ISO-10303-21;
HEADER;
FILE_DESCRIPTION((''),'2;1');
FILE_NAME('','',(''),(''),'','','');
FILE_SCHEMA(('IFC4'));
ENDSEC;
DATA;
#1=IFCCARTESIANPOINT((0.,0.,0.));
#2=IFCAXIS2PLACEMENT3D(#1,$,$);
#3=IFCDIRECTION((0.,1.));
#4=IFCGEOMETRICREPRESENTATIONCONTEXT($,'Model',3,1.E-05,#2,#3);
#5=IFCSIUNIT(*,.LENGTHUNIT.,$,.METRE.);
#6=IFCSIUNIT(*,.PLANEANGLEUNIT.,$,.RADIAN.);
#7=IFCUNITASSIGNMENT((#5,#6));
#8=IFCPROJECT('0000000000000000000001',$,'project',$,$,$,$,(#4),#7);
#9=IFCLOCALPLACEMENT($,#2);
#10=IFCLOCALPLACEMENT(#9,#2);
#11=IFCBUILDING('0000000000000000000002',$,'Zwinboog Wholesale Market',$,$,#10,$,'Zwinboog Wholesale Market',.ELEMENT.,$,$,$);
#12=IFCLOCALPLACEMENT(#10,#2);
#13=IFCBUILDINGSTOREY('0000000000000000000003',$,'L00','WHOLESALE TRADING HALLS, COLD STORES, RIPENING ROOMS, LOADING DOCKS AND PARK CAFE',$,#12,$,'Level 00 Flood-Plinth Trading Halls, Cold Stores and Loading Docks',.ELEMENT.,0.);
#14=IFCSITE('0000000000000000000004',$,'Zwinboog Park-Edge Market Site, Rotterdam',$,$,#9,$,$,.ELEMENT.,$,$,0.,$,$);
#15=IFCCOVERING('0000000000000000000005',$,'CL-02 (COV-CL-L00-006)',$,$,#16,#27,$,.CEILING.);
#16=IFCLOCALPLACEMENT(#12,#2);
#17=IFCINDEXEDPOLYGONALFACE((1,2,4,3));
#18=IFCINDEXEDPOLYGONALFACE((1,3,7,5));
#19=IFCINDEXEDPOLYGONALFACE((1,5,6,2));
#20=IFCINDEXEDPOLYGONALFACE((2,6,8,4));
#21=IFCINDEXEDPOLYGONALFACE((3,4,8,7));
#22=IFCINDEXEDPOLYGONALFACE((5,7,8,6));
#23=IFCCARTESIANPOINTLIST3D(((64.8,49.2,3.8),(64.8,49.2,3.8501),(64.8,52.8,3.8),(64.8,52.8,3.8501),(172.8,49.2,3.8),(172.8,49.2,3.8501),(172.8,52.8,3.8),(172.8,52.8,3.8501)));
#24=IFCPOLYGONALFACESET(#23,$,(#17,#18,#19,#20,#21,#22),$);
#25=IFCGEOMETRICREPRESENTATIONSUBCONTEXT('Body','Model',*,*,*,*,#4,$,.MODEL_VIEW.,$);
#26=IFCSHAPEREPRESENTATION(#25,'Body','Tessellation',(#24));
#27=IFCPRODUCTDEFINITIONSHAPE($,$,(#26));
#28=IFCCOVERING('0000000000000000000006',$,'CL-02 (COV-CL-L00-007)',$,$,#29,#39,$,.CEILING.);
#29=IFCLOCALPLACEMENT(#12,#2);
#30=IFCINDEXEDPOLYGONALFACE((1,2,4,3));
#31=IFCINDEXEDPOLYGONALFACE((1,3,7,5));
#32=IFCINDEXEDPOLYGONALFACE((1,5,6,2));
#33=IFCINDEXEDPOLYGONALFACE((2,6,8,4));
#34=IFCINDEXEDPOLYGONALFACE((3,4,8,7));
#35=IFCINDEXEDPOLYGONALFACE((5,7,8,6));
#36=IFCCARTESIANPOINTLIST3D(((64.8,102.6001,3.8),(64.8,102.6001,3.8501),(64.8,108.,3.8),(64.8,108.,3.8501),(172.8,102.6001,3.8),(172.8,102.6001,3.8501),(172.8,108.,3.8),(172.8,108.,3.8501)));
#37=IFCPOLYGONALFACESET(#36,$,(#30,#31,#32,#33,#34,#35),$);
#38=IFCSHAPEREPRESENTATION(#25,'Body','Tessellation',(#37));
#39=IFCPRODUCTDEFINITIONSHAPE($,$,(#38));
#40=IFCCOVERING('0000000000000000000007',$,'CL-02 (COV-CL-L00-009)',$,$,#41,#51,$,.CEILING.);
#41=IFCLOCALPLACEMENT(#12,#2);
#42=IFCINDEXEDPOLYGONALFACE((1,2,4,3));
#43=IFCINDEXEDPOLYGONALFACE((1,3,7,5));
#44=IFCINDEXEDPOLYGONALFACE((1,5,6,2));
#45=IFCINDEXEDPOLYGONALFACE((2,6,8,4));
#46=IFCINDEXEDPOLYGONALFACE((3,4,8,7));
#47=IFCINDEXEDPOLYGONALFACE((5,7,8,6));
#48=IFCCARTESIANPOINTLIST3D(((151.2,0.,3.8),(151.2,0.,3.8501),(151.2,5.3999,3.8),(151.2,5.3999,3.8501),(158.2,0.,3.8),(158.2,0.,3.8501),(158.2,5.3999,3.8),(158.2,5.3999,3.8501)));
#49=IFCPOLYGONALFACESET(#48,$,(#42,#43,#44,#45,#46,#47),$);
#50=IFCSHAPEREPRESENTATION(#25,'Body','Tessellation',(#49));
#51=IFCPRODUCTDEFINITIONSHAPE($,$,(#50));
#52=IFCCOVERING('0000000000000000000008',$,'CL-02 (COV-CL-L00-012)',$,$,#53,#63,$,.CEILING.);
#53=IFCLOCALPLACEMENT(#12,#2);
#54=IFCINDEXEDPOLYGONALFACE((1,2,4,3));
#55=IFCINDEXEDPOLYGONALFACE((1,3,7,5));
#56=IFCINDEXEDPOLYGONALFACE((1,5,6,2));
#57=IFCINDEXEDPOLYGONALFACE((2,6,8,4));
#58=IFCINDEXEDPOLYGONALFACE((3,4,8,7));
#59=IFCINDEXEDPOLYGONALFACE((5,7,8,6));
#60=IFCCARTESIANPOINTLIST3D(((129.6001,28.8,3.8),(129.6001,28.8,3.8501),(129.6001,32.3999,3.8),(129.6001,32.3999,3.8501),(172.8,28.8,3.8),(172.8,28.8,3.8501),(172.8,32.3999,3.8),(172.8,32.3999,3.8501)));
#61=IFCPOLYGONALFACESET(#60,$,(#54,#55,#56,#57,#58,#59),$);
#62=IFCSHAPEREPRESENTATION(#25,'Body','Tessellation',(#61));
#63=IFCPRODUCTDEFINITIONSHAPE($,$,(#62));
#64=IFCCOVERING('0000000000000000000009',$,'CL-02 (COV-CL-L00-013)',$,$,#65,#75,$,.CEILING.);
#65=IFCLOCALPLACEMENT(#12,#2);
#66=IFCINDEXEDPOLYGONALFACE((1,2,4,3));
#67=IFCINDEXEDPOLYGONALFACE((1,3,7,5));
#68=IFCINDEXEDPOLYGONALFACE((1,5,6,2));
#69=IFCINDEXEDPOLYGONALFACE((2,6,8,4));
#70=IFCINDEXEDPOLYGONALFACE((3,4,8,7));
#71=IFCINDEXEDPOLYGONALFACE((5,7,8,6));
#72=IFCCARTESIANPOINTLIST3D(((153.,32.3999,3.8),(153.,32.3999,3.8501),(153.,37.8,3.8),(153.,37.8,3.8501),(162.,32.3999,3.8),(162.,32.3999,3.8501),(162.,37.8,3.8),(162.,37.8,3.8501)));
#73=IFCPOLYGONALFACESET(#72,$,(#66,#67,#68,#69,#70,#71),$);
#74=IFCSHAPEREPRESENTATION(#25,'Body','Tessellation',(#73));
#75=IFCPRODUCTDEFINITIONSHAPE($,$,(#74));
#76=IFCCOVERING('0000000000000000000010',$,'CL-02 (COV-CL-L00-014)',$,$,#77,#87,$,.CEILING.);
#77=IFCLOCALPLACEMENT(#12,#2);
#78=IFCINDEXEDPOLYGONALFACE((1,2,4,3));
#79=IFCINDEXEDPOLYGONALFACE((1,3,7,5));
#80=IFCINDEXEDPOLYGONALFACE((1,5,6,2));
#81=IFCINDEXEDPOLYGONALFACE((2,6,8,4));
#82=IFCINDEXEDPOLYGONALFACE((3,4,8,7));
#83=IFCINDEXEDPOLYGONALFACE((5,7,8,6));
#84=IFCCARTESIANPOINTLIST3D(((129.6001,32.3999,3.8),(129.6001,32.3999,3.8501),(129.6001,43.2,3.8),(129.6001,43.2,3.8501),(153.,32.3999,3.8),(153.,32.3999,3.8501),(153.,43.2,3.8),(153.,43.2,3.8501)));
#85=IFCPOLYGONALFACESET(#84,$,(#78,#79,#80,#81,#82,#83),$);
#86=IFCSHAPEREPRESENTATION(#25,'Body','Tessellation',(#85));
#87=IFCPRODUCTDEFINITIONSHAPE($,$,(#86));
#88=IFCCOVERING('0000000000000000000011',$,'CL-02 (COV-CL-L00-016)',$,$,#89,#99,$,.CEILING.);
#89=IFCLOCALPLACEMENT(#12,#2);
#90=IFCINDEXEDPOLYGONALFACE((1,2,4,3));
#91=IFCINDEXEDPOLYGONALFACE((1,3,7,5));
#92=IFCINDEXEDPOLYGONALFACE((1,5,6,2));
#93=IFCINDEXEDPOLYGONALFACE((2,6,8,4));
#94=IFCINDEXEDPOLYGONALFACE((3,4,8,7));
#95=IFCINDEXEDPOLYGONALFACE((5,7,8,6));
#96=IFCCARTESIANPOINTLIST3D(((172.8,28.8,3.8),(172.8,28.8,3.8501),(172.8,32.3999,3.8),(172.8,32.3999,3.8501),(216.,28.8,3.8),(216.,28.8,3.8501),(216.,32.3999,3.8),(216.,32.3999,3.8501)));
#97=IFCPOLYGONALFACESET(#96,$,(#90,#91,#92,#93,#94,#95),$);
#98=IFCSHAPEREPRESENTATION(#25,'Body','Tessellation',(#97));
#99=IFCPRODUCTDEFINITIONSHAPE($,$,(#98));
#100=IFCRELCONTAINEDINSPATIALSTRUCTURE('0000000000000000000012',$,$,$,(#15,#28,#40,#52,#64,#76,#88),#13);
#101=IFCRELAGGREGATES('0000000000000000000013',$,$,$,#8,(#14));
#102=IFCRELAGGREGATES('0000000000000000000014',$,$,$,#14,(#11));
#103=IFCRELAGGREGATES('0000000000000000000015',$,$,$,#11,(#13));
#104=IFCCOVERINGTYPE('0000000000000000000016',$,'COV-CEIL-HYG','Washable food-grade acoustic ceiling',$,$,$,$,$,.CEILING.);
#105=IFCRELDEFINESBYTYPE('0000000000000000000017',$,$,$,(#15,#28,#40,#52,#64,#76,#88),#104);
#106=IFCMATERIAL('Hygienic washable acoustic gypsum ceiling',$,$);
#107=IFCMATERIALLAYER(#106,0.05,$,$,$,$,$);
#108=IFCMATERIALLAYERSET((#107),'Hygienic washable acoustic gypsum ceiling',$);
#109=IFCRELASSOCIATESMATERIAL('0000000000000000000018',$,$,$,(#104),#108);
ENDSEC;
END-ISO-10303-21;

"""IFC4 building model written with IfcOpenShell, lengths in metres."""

from ifc_helpers import new_model, si_unit, direction, frame, origin, place, context, subcontext, project, spatial, polyline, outline, extrude, material, layer, layer_set, type_object, element, save


model = new_model("IFC4")

# Units and contexts
model_context = context("Model", 3, precision=1e-05, world=origin(), true_north=direction((0.0, 1.0)))
body_context = subcontext(model_context, "Body", "Model", "MODEL_VIEW")
ifc_project = project(units=[si_unit("LENGTHUNIT", "METRE"), si_unit("PLANEANGLEUNIT", "RADIAN")], contexts=[model_context])

# Site, building, storey
site_placement = place(None, origin())
site = spatial("IfcSite", under=ifc_project, at=site_placement, Name="Zwinboog Park-Edge Market Site, Rotterdam", CompositionType="ELEMENT", RefElevation=0.0)
building_placement = place(site_placement, origin())
building = spatial("IfcBuilding", under=site, at=building_placement, Name="Zwinboog Wholesale Market", LongName="Zwinboog Wholesale Market", CompositionType="ELEMENT")
storey_placement = place(building_placement, origin())
storey = spatial("IfcBuildingStorey", under=building, at=storey_placement, Name="L00", Description="WHOLESALE TRADING HALLS, COLD STORES, RIPENING ROOMS, LOADING DOCKS AND PARK CAFE", LongName="Level 00 Flood-Plinth Trading Halls, Cold Stores and Loading Docks", CompositionType="ELEMENT", Elevation=0.0)

# Coverings
ifc_material_1 = material(Name="Hygienic washable acoustic gypsum ceiling")
ifc_layer_1 = layer(ifc_material_1, 0.05)
ifc_layer_set_1 = layer_set([ifc_layer_1], Name="Hygienic washable acoustic gypsum ceiling")
covering_type_1 = type_object("IfcCoveringType", Name="COV-CEIL-HYG", Description="Washable food-grade acoustic ceiling", PredefinedType="CEILING", material=ifc_layer_set_1)
covering_1_placement = place(storey_placement, frame((0.0, 0.0, 3.8)))
element("IfcCovering", 1, at=covering_1_placement, inside=storey, type_object=covering_type_1, Name="CL-02 (COV-CL-L00-006)", PredefinedType="CEILING", context=body_context, shape_type="SweptSolid", body=[
    extrude(outline(polyline([(64.8, 49.2), (172.8, 49.2), (172.8, 52.8), (64.8, 52.8), (64.8, 49.2)])), origin(), (0.0, 0.0, 1.0), 0.05),
])
covering_2_placement = place(storey_placement, frame((0.0, 0.0, 3.8)))
element("IfcCovering", 2, at=covering_2_placement, inside=storey, type_object=covering_type_1, Name="CL-02 (COV-CL-L00-007)", PredefinedType="CEILING", context=body_context, shape_type="SweptSolid", body=[
    extrude(outline(polyline([(64.8, 102.6001), (172.8, 102.6001), (172.8, 108.0), (64.8, 108.0), (64.8, 102.6001)])), origin(), (0.0, 0.0, 1.0), 0.05),
])
covering_3_placement = place(storey_placement, frame((0.0, 0.0, 3.8)))
element("IfcCovering", 3, at=covering_3_placement, inside=storey, type_object=covering_type_1, Name="CL-02 (COV-CL-L00-009)", PredefinedType="CEILING", context=body_context, shape_type="SweptSolid", body=[
    extrude(outline(polyline([(151.2, 0.0), (158.2, 0.0), (158.2, 5.3999), (151.2, 5.3999), (151.2, 0.0)])), origin(), (0.0, 0.0, 1.0), 0.05),
])
covering_4_placement = place(storey_placement, frame((0.0, 0.0, 3.8)))
element("IfcCovering", 4, at=covering_4_placement, inside=storey, type_object=covering_type_1, Name="CL-02 (COV-CL-L00-012)", PredefinedType="CEILING", context=body_context, shape_type="SweptSolid", body=[
    extrude(outline(polyline([(129.6001, 28.8), (172.8, 28.8), (172.8, 32.3999), (129.6001, 32.3999), (129.6001, 28.8)])), origin(), (0.0, 0.0, 1.0), 0.05),
])
covering_5_placement = place(storey_placement, frame((0.0, 0.0, 3.8)))
element("IfcCovering", 5, at=covering_5_placement, inside=storey, type_object=covering_type_1, Name="CL-02 (COV-CL-L00-013)", PredefinedType="CEILING", context=body_context, shape_type="SweptSolid", body=[
    extrude(outline(polyline([(153.0, 32.3999), (162.0, 32.3999), (162.0, 37.8), (153.0, 37.8), (153.0, 32.3999)])), origin(), (0.0, 0.0, 1.0), 0.05),
])
covering_6_placement = place(storey_placement, frame((0.0, 0.0, 3.8)))
element("IfcCovering", 6, at=covering_6_placement, inside=storey, type_object=covering_type_1, Name="CL-02 (COV-CL-L00-014)", PredefinedType="CEILING", context=body_context, shape_type="SweptSolid", body=[
    extrude(outline(polyline([(129.6001, 32.3999), (153.0, 32.3999), (153.0, 43.2), (129.6001, 43.2), (129.6001, 32.3999)])), origin(), (0.0, 0.0, 1.0), 0.05),
])
covering_7_placement = place(storey_placement, frame((0.0, 0.0, 3.8)))
element("IfcCovering", 7, at=covering_7_placement, inside=storey, type_object=covering_type_1, Name="CL-02 (COV-CL-L00-016)", PredefinedType="CEILING", context=body_context, shape_type="SweptSolid", body=[
    extrude(outline(polyline([(172.8, 28.8), (216.0, 28.8), (216.0, 32.3999), (172.8, 32.3999), (172.8, 28.8)])), origin(), (0.0, 0.0, 1.0), 0.05),
])

save(model, "model.ifc")
